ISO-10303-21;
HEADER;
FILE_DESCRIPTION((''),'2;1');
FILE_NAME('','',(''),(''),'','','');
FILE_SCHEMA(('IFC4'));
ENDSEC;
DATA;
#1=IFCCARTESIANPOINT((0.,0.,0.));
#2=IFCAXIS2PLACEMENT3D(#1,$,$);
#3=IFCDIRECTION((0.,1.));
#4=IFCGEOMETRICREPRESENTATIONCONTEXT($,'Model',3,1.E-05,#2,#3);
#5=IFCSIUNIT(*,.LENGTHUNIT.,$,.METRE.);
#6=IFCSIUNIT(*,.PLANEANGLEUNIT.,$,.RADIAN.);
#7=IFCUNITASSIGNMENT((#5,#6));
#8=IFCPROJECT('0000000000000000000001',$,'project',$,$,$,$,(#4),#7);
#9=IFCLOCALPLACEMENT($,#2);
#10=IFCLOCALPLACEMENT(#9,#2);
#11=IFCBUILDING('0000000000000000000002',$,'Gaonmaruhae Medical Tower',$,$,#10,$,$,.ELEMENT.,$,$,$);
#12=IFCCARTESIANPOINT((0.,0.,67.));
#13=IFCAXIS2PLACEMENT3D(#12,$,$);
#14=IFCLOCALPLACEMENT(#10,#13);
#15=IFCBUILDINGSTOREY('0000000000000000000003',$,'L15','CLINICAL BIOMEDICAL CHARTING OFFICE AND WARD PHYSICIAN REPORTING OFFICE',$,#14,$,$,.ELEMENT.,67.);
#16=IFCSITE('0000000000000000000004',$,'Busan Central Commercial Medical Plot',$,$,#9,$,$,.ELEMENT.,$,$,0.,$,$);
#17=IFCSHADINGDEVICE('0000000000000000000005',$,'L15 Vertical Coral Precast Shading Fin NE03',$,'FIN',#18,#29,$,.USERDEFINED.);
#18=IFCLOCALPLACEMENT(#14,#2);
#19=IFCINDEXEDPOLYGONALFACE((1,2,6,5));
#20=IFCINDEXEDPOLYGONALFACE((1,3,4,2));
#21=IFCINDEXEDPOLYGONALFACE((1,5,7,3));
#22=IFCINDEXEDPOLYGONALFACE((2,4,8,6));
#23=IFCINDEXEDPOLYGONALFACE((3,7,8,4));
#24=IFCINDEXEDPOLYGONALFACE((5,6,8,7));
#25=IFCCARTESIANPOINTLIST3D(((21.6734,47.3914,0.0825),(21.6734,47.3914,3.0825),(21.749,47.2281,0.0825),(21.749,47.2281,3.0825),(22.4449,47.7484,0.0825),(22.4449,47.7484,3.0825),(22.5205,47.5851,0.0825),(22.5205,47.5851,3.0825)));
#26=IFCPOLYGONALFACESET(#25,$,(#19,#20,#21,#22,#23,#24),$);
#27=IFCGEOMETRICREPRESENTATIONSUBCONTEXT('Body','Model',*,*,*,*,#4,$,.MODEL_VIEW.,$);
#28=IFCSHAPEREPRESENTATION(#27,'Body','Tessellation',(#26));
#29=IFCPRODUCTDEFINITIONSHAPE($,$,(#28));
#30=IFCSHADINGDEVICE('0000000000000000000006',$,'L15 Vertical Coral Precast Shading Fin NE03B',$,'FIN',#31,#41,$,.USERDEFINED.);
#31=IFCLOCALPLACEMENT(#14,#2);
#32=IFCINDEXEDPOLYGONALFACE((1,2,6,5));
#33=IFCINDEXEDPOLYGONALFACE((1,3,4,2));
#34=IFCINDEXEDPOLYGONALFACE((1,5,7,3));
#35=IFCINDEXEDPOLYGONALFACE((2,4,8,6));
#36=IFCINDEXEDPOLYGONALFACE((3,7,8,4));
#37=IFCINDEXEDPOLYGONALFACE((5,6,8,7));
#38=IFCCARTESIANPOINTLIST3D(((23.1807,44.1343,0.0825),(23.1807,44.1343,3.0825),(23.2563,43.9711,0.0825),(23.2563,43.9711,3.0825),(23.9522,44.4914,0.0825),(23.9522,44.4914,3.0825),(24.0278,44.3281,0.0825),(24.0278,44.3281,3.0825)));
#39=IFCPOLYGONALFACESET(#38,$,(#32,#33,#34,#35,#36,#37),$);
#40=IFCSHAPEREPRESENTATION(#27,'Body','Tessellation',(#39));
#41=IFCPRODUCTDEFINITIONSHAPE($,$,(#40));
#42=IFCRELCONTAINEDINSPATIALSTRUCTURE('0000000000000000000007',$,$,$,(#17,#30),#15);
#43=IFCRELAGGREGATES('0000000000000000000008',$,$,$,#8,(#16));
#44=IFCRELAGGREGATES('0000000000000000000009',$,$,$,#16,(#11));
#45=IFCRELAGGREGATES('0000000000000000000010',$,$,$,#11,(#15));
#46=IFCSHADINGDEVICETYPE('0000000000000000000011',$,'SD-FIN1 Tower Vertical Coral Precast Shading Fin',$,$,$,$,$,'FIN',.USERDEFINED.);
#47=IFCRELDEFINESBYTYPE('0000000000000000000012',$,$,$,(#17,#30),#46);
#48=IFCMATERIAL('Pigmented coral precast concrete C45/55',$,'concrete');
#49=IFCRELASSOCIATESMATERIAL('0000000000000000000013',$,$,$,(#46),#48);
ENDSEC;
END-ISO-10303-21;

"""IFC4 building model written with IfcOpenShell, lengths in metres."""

from ifc_helpers import new_model, si_unit, direction, frame, origin, origin_2d, place, context, subcontext, project, spatial, rectangle, extrude, material, type_object, element, save


model = new_model("IFC4")

# Units and contexts
model_context = context("Model", 3, precision=1e-05, world=origin(), true_north=direction((0.0, 1.0)))
body_context = subcontext(model_context, "Body", "Model", "MODEL_VIEW")
ifc_project = project(units=[si_unit("LENGTHUNIT", "METRE"), si_unit("PLANEANGLEUNIT", "RADIAN")], contexts=[model_context])

# Site, building, storey
site_placement = place(None, origin())
site = spatial("IfcSite", under=ifc_project, at=site_placement, Name="Busan Central Commercial Medical Plot", CompositionType="ELEMENT", RefElevation=0.0)
building_placement = place(site_placement, origin())
building = spatial("IfcBuilding", under=site, at=building_placement, Name="Gaonmaruhae Medical Tower", CompositionType="ELEMENT")
storey_placement = place(building_placement, frame((0.0, 0.0, 67.0)))
storey = spatial("IfcBuildingStorey", under=building, at=storey_placement, Name="L15", Description="CLINICAL BIOMEDICAL CHARTING OFFICE AND WARD PHYSICIAN REPORTING OFFICE", CompositionType="ELEMENT", Elevation=67.0)

# Shading devices
ifc_material_1 = material(Name="Pigmented coral precast concrete C45/55", Category="concrete")
shading_device_type = type_object("IfcShadingDeviceType", Name="SD-FIN1 Tower Vertical Coral Precast Shading Fin", ElementType="FIN", PredefinedType="USERDEFINED", material=ifc_material_1)
for number, where, z_axis, x_axis, name in (
    (1, (22.0969, 47.4883, 0.0825), (0.0, 0.0, 1.0), (0.419959, -0.907543, 0.0), "L15 Vertical Coral Precast Shading Fin NE03"),
    (2, (23.6042, 44.2312, 0.0825), (0.0, 0.0, 1.0), (0.419959, -0.907543, 0.0), "L15 Vertical Coral Precast Shading Fin NE03B"),
):
    element("IfcShadingDevice", number, at=place(storey_placement, frame(where, z_axis=z_axis, x_axis=x_axis)), inside=storey, type_object=shading_device_type, Name=name, ObjectType="FIN", PredefinedType="USERDEFINED", context=body_context, shape_type="SweptSolid", body=[
        extrude(rectangle(XDim=0.1799, YDim=0.8501, at=origin_2d()), origin(), (0.0, 0.0, 1.0), 3.0),
    ])

save(model, "model.ifc")
